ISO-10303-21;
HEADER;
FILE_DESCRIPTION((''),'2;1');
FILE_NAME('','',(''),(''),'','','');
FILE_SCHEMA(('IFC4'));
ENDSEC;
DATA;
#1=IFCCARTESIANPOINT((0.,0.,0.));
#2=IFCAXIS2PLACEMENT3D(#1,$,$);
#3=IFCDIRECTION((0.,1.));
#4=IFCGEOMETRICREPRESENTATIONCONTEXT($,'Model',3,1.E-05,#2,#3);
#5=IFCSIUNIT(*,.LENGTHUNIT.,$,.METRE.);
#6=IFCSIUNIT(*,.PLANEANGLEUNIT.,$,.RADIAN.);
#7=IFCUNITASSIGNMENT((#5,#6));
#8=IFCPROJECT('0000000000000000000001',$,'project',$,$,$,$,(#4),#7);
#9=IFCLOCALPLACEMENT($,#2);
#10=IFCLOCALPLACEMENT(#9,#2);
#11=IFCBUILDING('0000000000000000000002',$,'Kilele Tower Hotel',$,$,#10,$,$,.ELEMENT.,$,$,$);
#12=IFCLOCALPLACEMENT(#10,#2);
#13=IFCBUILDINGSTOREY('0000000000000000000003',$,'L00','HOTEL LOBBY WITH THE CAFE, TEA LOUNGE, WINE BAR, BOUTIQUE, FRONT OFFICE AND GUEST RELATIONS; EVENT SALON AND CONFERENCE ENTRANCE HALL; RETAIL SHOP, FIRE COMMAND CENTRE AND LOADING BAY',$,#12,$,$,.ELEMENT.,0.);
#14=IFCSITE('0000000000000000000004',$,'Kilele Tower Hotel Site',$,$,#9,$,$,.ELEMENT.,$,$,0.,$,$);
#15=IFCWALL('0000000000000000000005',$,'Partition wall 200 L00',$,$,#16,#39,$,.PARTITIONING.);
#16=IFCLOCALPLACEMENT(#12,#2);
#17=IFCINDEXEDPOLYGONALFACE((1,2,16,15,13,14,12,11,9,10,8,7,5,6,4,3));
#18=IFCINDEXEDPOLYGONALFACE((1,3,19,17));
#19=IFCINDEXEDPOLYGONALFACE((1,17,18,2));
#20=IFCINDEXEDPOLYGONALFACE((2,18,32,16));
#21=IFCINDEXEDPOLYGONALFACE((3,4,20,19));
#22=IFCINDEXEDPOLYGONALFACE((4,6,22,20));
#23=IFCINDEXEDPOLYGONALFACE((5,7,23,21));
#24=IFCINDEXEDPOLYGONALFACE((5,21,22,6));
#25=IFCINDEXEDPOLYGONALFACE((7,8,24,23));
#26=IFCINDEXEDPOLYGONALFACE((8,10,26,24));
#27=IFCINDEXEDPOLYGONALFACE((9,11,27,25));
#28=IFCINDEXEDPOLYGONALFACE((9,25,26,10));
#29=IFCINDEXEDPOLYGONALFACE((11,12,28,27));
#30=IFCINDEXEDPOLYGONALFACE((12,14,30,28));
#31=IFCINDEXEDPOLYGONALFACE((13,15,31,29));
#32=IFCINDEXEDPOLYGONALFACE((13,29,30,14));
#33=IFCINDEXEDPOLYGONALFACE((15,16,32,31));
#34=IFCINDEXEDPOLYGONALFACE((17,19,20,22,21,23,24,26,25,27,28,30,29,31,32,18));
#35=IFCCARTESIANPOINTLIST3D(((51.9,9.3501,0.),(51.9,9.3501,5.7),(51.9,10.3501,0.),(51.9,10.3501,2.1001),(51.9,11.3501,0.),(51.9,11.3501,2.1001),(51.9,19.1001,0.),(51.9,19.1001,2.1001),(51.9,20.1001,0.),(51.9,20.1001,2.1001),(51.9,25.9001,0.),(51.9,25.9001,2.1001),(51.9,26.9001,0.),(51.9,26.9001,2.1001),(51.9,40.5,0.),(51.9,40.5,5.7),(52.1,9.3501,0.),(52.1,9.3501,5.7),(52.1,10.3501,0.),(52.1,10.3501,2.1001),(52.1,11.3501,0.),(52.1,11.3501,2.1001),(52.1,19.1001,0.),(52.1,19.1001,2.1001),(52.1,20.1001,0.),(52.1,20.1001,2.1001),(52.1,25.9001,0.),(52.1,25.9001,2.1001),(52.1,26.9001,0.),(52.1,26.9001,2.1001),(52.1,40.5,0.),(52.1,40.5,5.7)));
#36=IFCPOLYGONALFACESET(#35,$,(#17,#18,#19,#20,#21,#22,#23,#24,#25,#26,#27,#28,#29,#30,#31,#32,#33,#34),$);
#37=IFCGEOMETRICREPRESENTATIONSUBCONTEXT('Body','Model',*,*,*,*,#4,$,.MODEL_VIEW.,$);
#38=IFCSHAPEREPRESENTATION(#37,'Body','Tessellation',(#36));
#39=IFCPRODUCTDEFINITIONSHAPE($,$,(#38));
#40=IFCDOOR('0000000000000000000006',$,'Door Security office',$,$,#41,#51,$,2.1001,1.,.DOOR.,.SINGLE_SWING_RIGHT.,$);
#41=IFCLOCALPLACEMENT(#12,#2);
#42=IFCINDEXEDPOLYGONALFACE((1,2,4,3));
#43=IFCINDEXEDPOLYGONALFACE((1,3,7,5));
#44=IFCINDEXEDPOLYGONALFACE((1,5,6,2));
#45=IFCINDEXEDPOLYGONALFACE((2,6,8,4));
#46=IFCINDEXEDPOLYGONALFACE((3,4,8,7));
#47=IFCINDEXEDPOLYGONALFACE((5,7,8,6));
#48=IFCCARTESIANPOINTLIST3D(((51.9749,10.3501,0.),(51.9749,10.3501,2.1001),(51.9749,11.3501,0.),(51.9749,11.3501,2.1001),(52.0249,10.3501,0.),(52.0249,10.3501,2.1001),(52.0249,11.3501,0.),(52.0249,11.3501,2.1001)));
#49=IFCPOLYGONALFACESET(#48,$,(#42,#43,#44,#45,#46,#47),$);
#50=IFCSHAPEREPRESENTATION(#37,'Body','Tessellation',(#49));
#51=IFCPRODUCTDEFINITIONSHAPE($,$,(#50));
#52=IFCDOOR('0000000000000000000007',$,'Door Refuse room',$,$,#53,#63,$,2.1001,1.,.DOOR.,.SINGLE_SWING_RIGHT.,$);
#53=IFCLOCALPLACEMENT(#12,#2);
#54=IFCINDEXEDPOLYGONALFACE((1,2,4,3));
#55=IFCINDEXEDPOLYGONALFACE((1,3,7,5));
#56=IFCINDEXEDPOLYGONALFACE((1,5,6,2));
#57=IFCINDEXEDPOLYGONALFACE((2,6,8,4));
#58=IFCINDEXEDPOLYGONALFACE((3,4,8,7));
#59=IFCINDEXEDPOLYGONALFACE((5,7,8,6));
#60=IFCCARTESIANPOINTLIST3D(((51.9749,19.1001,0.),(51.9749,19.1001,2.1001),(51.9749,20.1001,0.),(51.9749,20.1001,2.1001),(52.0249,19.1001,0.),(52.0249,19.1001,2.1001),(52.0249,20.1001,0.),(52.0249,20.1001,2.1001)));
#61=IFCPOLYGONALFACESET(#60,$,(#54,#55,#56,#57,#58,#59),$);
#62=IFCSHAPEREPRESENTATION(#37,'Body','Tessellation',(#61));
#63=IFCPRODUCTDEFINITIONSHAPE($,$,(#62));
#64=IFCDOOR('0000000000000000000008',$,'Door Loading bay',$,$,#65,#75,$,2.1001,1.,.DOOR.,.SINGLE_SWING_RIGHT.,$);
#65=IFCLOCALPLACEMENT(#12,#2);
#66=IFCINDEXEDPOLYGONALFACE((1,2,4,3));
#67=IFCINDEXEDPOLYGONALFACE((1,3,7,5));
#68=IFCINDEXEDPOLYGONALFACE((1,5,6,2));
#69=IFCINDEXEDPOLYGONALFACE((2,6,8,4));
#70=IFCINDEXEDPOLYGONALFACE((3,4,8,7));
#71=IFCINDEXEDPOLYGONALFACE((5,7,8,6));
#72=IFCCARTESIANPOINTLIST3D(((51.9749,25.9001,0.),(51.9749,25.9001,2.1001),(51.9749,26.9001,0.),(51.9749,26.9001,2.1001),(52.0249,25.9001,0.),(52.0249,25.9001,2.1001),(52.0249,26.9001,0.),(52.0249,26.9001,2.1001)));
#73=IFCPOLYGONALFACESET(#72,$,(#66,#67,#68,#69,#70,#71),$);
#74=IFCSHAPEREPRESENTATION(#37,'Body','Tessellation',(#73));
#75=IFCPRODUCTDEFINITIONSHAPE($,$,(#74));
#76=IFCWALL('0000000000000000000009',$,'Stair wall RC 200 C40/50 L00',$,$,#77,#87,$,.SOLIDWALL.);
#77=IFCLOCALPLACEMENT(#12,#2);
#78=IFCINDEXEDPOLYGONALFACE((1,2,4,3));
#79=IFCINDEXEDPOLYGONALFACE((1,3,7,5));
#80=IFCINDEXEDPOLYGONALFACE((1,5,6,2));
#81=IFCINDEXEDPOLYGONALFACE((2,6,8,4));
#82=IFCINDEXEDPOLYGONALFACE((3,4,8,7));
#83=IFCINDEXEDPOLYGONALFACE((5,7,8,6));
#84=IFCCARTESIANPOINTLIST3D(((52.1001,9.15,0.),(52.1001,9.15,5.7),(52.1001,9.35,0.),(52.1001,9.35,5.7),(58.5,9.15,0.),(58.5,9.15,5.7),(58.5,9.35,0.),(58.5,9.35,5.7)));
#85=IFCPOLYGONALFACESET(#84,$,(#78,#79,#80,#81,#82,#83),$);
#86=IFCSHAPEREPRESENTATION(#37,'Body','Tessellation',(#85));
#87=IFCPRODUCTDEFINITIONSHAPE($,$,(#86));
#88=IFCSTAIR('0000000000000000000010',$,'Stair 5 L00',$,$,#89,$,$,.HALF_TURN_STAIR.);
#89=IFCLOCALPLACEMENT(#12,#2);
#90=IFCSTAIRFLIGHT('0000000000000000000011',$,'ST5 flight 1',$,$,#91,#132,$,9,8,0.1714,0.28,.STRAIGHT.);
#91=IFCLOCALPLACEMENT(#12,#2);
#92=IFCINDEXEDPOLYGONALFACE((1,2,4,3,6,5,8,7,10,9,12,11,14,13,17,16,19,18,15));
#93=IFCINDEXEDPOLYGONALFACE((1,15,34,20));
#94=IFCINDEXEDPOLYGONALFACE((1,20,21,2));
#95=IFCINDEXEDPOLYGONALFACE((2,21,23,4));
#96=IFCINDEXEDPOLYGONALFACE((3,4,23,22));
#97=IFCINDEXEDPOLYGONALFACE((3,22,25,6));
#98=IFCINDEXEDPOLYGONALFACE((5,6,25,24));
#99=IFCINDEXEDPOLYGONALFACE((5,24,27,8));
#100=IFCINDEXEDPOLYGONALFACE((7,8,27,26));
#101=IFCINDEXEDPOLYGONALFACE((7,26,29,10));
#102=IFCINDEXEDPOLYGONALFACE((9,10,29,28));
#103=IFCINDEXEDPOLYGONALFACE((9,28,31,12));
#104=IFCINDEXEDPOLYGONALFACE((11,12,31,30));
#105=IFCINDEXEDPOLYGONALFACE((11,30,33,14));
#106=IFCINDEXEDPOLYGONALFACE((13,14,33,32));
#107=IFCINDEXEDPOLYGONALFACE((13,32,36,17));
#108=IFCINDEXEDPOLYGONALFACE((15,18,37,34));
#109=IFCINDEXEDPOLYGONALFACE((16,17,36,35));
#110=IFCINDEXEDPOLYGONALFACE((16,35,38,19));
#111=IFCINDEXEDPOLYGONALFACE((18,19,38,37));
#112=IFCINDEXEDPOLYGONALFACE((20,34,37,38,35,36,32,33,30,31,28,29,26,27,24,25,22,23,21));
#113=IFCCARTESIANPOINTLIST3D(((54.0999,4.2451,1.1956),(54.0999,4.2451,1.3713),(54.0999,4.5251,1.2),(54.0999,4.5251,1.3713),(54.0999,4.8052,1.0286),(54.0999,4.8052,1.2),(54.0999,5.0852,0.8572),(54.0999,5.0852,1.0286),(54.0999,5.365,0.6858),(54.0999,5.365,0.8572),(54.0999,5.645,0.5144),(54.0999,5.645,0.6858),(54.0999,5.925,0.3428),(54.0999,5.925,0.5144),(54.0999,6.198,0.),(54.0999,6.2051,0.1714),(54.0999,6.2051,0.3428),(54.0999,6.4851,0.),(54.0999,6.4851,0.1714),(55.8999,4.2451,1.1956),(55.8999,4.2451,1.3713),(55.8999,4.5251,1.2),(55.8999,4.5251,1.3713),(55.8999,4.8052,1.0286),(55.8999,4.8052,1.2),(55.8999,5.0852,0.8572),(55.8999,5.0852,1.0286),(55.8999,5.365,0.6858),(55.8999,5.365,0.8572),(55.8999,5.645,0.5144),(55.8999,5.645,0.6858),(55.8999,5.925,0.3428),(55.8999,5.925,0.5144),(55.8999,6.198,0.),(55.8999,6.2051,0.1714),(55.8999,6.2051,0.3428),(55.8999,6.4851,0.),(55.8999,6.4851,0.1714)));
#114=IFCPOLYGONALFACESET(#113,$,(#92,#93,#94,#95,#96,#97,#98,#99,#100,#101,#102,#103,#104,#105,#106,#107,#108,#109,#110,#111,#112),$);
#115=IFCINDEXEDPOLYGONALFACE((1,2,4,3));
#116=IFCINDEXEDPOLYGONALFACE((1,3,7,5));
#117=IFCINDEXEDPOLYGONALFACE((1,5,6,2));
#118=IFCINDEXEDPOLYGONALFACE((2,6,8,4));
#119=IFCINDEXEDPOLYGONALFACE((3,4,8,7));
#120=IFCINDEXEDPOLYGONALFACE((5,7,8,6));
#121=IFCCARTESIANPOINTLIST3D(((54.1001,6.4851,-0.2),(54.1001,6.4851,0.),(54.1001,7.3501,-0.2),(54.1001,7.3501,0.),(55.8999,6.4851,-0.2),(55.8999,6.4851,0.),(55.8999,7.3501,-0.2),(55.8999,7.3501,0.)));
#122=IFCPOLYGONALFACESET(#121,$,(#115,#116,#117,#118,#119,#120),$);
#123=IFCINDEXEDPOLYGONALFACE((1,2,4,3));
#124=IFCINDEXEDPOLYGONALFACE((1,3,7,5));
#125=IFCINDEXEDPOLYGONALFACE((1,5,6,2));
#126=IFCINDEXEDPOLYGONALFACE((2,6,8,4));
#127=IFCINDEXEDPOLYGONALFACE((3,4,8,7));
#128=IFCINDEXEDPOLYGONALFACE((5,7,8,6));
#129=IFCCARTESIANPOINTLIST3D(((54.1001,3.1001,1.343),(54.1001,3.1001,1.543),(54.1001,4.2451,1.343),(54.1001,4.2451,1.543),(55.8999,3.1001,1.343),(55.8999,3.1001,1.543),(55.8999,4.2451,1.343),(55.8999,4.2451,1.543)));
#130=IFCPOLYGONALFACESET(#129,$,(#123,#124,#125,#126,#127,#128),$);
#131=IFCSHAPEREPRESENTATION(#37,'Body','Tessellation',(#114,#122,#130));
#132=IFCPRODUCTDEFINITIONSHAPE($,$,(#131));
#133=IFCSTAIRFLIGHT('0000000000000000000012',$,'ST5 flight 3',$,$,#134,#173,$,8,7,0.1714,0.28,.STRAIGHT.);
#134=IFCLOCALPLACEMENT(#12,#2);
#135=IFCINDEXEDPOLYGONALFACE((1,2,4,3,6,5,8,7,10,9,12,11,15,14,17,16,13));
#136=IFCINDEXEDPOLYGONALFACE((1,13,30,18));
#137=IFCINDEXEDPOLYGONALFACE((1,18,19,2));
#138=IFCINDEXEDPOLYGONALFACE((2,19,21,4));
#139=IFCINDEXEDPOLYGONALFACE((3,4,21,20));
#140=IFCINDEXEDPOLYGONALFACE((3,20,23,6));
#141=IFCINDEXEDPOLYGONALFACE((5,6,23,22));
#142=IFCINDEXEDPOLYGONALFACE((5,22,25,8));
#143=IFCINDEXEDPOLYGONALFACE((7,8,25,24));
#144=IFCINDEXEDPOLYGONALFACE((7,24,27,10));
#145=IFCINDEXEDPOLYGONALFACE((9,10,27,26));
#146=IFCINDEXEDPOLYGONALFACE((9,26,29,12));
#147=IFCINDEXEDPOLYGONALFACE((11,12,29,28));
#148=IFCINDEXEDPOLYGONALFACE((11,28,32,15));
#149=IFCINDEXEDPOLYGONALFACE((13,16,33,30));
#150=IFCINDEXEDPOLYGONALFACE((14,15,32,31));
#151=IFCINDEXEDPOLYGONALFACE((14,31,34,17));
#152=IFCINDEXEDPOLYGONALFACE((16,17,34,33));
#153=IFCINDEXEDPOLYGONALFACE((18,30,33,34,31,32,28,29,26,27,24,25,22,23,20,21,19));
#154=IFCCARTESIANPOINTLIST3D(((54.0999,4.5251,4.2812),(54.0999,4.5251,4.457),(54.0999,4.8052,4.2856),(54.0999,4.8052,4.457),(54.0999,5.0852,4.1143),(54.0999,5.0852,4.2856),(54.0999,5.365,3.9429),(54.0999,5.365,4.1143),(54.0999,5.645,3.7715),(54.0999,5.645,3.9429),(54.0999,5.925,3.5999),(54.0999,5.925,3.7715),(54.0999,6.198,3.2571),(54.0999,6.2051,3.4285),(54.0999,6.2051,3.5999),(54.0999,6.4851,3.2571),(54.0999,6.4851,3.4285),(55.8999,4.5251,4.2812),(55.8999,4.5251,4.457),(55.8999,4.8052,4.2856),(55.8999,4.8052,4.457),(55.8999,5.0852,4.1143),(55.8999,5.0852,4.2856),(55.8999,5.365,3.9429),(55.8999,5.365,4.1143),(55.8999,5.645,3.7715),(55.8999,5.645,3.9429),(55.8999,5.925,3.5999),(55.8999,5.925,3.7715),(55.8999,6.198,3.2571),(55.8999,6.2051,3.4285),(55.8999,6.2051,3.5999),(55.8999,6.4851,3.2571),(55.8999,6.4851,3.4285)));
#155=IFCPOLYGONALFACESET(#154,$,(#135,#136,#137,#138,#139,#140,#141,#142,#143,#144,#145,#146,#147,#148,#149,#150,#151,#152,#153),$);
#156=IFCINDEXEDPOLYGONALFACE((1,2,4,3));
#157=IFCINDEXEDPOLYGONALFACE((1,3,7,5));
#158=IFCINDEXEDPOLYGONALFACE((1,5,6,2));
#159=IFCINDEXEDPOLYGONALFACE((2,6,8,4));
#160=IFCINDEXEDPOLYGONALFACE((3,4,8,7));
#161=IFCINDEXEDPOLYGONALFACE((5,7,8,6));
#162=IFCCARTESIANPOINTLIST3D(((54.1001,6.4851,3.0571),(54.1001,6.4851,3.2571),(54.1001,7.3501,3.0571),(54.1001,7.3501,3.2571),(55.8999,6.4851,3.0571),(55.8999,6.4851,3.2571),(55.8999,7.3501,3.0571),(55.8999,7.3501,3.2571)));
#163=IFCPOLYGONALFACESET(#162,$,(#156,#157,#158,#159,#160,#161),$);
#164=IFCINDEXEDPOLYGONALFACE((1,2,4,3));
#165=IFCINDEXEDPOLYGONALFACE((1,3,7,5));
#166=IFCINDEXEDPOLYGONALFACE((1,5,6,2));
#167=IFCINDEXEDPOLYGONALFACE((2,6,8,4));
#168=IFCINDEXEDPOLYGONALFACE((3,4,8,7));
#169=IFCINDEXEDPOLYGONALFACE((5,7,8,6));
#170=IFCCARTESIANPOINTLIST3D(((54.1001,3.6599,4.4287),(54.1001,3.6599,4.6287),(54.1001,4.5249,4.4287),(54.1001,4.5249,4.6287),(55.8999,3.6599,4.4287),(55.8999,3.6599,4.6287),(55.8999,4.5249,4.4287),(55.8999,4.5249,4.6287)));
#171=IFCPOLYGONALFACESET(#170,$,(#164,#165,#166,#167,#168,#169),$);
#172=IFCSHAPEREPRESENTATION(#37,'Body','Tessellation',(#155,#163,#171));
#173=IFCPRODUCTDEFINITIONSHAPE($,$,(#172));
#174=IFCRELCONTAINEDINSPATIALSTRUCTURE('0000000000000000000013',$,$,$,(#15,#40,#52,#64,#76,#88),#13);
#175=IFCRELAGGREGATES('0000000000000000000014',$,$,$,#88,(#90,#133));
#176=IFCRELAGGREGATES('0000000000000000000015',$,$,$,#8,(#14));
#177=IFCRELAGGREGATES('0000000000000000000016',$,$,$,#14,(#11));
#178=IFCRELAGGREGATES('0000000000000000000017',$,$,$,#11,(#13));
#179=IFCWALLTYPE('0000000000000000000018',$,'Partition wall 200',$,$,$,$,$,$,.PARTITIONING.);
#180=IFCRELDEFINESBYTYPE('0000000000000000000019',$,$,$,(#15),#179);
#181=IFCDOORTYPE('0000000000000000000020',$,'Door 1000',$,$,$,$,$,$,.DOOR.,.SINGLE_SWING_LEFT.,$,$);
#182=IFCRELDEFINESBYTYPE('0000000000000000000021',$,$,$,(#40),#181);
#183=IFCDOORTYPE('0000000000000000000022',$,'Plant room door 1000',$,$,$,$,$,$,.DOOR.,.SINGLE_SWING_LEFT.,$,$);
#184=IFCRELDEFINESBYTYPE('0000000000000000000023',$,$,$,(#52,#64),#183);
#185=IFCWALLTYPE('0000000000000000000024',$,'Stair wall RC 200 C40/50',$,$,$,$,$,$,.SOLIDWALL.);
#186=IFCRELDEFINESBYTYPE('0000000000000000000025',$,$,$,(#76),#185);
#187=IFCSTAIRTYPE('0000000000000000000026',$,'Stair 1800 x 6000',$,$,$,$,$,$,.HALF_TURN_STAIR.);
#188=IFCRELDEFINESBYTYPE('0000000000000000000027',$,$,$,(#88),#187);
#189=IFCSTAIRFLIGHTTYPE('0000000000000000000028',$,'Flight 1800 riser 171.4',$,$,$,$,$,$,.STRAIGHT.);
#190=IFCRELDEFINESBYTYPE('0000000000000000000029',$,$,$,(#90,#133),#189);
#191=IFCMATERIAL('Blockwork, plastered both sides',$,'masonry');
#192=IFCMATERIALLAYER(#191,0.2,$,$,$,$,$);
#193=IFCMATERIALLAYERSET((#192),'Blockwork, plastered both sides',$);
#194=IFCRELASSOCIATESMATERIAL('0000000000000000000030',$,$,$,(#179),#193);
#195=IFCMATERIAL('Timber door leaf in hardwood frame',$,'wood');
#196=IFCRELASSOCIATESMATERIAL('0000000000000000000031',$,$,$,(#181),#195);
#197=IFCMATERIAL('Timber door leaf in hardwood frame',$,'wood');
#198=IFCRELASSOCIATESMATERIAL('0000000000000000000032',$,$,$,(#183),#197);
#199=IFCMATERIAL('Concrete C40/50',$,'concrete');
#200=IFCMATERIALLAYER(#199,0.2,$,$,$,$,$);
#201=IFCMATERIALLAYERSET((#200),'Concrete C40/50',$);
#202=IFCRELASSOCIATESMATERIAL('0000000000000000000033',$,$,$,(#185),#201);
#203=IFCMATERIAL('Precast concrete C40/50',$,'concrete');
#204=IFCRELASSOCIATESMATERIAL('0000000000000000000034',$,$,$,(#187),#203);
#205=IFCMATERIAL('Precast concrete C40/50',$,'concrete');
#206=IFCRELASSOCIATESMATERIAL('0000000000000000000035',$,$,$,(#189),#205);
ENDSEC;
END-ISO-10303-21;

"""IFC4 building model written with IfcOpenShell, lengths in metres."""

from ifc_helpers import new_model, si_unit, direction, frame, frame_2d, origin, place, context, subcontext, project, spatial, polyline, rectangle, outline, extrude, material, layer, layer_set, type_object, element, fill, aggregate, save


model = new_model("IFC4")

# Units and contexts
model_context = context("Model", 3, precision=1e-05, world=origin(), true_north=direction((0.0, 1.0)))
body_context = subcontext(model_context, "Body", "Model", "MODEL_VIEW")
ifc_project = project(units=[si_unit("LENGTHUNIT", "METRE"), si_unit("PLANEANGLEUNIT", "RADIAN")], contexts=[model_context])

# Site, building, storey
site_placement = place(None, origin())
site = spatial("IfcSite", under=ifc_project, at=site_placement, Name="Kilele Tower Hotel Site", CompositionType="ELEMENT", RefElevation=0.0)
building_placement = place(site_placement, origin())
building = spatial("IfcBuilding", under=site, at=building_placement, Name="Kilele Tower Hotel", CompositionType="ELEMENT")
storey_placement = place(building_placement, origin())
storey = spatial("IfcBuildingStorey", under=building, at=storey_placement, Name="L00", Description="HOTEL LOBBY WITH THE CAFE, TEA LOUNGE, WINE BAR, BOUTIQUE, FRONT OFFICE AND GUEST RELATIONS; EVENT SALON AND CONFERENCE ENTRANCE HALL; RETAIL SHOP, FIRE COMMAND CENTRE AND LOADING BAY", CompositionType="ELEMENT", Elevation=0.0)

# Shared definitions
ifc_material_1 = material(Name="Blockwork, plastered both sides", Category="masonry")
ifc_layer_1 = layer(ifc_material_1, 0.2)
ifc_layer_set_1 = layer_set([ifc_layer_1], Name="Blockwork, plastered both sides")
wall_type_1 = type_object("IfcWallType", Name="Partition wall 200", PredefinedType="PARTITIONING", material=ifc_layer_set_1)

# Wall, openings, doors
wall_1_placement = place(storey_placement, frame((52.0, 9.3501, 0.0), z_axis=(0.0, 0.0, 1.0), x_axis=(0.0, 1.0, 0.0)))
wall_1 = element("IfcWall", 1, at=wall_1_placement, inside=storey, type_object=wall_type_1, Name="Partition wall 200 L00", PredefinedType="PARTITIONING", context=body_context, shape_type="SweptSolid", body=[
    extrude(rectangle(XDim=31.1499, YDim=0.2, at=frame_2d((15.575, 0.0))), origin(), (0.0, 0.0, 1.0), 5.7),
])
opening_1_placement = place(wall_1_placement, frame((2.0, 0.0, 0.0), z_axis=(0.0, 0.0, 1.0), x_axis=(-1.0, 0.0, 0.0)))
opening_1 = element("IfcOpeningElement", 2, at=opening_1_placement, cuts=wall_1, PredefinedType="OPENING", context=body_context, shape_type="SweptSolid", body=[
    extrude(rectangle(XDim=1.0, YDim=2.1001, at=frame_2d((0.5, 1.05))), frame((0.0, 0.1099, 0.0), z_axis=(0.0, -1.0, 0.0), x_axis=(1.0, 0.0, 0.0)), (0.0, 0.0, 1.0), 0.22),
])
opening_2_placement = place(wall_1_placement, frame((10.75, 0.0, 0.0), z_axis=(0.0, 0.0, 1.0), x_axis=(-1.0, 0.0, 0.0)))
opening_2 = element("IfcOpeningElement", 3, at=opening_2_placement, cuts=wall_1, PredefinedType="OPENING", context=body_context, shape_type="SweptSolid", body=[
    extrude(rectangle(XDim=1.0, YDim=2.1001, at=frame_2d((0.5, 1.05))), frame((0.0, 0.1099, 0.0), z_axis=(0.0, -1.0, 0.0), x_axis=(1.0, 0.0, 0.0)), (0.0, 0.0, 1.0), 0.22),
])
opening_3_placement = place(wall_1_placement, frame((17.55, 0.0, 0.0), z_axis=(0.0, 0.0, 1.0), x_axis=(-1.0, 0.0, 0.0)))
opening_3 = element("IfcOpeningElement", 4, at=opening_3_placement, cuts=wall_1, PredefinedType="OPENING", context=body_context, shape_type="SweptSolid", body=[
    extrude(rectangle(XDim=1.0, YDim=2.1001, at=frame_2d((0.5, 1.05))), frame((0.0, 0.1099, 0.0), z_axis=(0.0, -1.0, 0.0), x_axis=(1.0, 0.0, 0.0)), (0.0, 0.0, 1.0), 0.22),
])
ifc_material_2 = material(Name="Timber door leaf in hardwood frame", Category="wood")
door_type_1 = type_object("IfcDoorType", Name="Door 1000", OperationType="SINGLE_SWING_LEFT", PredefinedType="DOOR", material=ifc_material_2)
door_1_placement = place(opening_1_placement, origin())
door_1 = element("IfcDoor", 5, at=door_1_placement, inside=storey, type_object=door_type_1, Name="Door Security office", OperationType="SINGLE_SWING_RIGHT", OverallHeight=2.1001, OverallWidth=1.0, PredefinedType="DOOR", context=body_context, shape_type="SweptSolid", body=[
    extrude(rectangle(XDim=1.0, YDim=2.1001, at=frame_2d((0.5, 1.05))), frame((0.0, 0.0249, 0.0), z_axis=(0.0, -1.0, 0.0), x_axis=(1.0, 0.0, 0.0)), (0.0, 0.0, 1.0), 0.05),
])
fill(opening_1, door_1)
ifc_material_3 = material(Name="Timber door leaf in hardwood frame", Category="wood")
door_type_2 = type_object("IfcDoorType", Name="Plant room door 1000", OperationType="SINGLE_SWING_LEFT", PredefinedType="DOOR", material=ifc_material_3)
door_2_placement = place(opening_2_placement, origin())
door_2 = element("IfcDoor", 6, at=door_2_placement, inside=storey, type_object=door_type_2, Name="Door Refuse room", OperationType="SINGLE_SWING_RIGHT", OverallHeight=2.1001, OverallWidth=1.0, PredefinedType="DOOR", context=body_context, shape_type="SweptSolid", body=[
    extrude(rectangle(XDim=1.0, YDim=2.1001, at=frame_2d((0.5, 1.05))), frame((0.0, 0.0249, 0.0), z_axis=(0.0, -1.0, 0.0), x_axis=(1.0, 0.0, 0.0)), (0.0, 0.0, 1.0), 0.05),
])
fill(opening_2, door_2)
door_3_placement = place(opening_3_placement, origin())
door_3 = element("IfcDoor", 7, at=door_3_placement, inside=storey, type_object=door_type_2, Name="Door Loading bay", OperationType="SINGLE_SWING_RIGHT", OverallHeight=2.1001, OverallWidth=1.0, PredefinedType="DOOR", context=body_context, shape_type="SweptSolid", body=[
    extrude(rectangle(XDim=1.0, YDim=2.1001, at=frame_2d((0.5, 1.05))), frame((0.0, 0.0249, 0.0), z_axis=(0.0, -1.0, 0.0), x_axis=(1.0, 0.0, 0.0)), (0.0, 0.0, 1.0), 0.05),
])
fill(opening_3, door_3)

# Wall
ifc_material_4 = material(Name="Concrete C40/50", Category="concrete")
ifc_layer_2 = layer(ifc_material_4, 0.2)
ifc_layer_set_2 = layer_set([ifc_layer_2], Name="Concrete C40/50")
wall_type_2 = type_object("IfcWallType", Name="Stair wall RC 200 C40/50", PredefinedType="SOLIDWALL", material=ifc_layer_set_2)
wall_2_placement = place(storey_placement, frame((52.1001, 9.25, 0.0), z_axis=(0.0, 0.0, 1.0), x_axis=(1.0, 0.0, 0.0)))
element("IfcWall", 8, at=wall_2_placement, inside=storey, type_object=wall_type_2, Name="Stair wall RC 200 C40/50 L00", PredefinedType="SOLIDWALL", context=body_context, shape_type="SweptSolid", body=[
    extrude(rectangle(XDim=6.3999, YDim=0.2, at=frame_2d((3.2, 0.0))), origin(), (0.0, 0.0, 1.0), 5.7),
])

# Stair, stair flights
ifc_material_5 = material(Name="Precast concrete C40/50", Category="concrete")
stair_type = type_object("IfcStairType", Name="Stair 1800 x 6000", PredefinedType="HALF_TURN_STAIR", material=ifc_material_5)
stair_placement = place(storey_placement, origin())
stair = element("IfcStair", 9, at=stair_placement, inside=storey, type_object=stair_type, Name="Stair 5 L00", PredefinedType="HALF_TURN_STAIR")
ifc_material_6 = material(Name="Precast concrete C40/50", Category="concrete")
stair_flight_type = type_object("IfcStairFlightType", Name="Flight 1800 riser 171.4", PredefinedType="STRAIGHT", material=ifc_material_6)
stair_flight_1_placement = place(storey_placement, frame((55.0, 6.4851, 0.0), z_axis=(0.0, 0.0, 1.0), x_axis=(0.0, -1.0, 0.0)))
stair_flight_1 = element("IfcStairFlight", 10, at=stair_flight_1_placement, type_object=stair_flight_type, Name="ST5 flight 1", NumberOfRisers=9, NumberOfTreads=8, PredefinedType="STRAIGHT", RiserHeight=0.1714, TreadLength=0.28, context=body_context, shape_type="SweptSolid", body=[
    extrude(outline(polyline([(0.0, 0.0), (0.0, 0.1714), (0.28, 0.1714), (0.28, 0.3428), (0.5601, 0.3428), (0.5601, 0.5144), (0.8401, 0.5144), (0.8401, 0.6858), (1.1201, 0.6858), (1.1201, 0.8572), (1.3999, 0.8572), (1.3999, 1.0286), (1.6799, 1.0286), (1.6799, 1.2), (1.96, 1.2), (1.96, 1.3713), (2.24, 1.3713), (2.24, 1.543), (2.24, 1.1956), (0.2871, 0.0), (0.0, 0.0)])), frame((0.0, 0.8999, 0.0), z_axis=(0.0, -1.0, 0.0), x_axis=(1.0, 0.0, 0.0)), (0.0, 0.0, 1.0), 1.8),
    extrude(outline(polyline([(0.0, -0.8999), (0.0, 0.8999), (-0.865, 0.8999), (-0.865, -0.8999), (0.0, -0.8999)])), frame((0.0, 0.0, -0.2)), (0.0, 0.0, 1.0), 0.2),
    extrude(outline(polyline([(3.385, -0.8999), (3.385, 0.8999), (2.24, 0.8999), (2.24, -0.8999), (3.385, -0.8999)])), frame((0.0, 0.0, 1.343)), (0.0, 0.0, 1.0), 0.2),
])
stair_flight_2_placement = place(storey_placement, frame((55.0, 6.4851, 3.2571), z_axis=(0.0, 0.0, 1.0), x_axis=(0.0, -1.0, 0.0)))
stair_flight_2 = element("IfcStairFlight", 11, at=stair_flight_2_placement, type_object=stair_flight_type, Name="ST5 flight 3", NumberOfRisers=8, NumberOfTreads=7, PredefinedType="STRAIGHT", RiserHeight=0.1714, TreadLength=0.28, context=body_context, shape_type="SweptSolid", body=[
    extrude(outline(polyline([(0.0, 0.0), (0.0, 0.1714), (0.28, 0.1714), (0.28, 0.3428), (0.5601, 0.3428), (0.5601, 0.5144), (0.8401, 0.5144), (0.8401, 0.6858), (1.1201, 0.6858), (1.1201, 0.8572), (1.3999, 0.8572), (1.3999, 1.0286), (1.6799, 1.0286), (1.6799, 1.2), (1.96, 1.2), (1.96, 1.3713), (1.96, 1.0242), (0.2871, 0.0), (0.0, 0.0)])), frame((0.0, 0.8999, 0.0), z_axis=(0.0, -1.0, 0.0), x_axis=(1.0, 0.0, 0.0)), (0.0, 0.0, 1.0), 1.8),
    extrude(outline(polyline([(0.0, -0.8999), (0.0, 0.8999), (-0.865, 0.8999), (-0.865, -0.8999), (0.0, -0.8999)])), frame((0.0, 0.0, -0.2)), (0.0, 0.0, 1.0), 0.2),
    extrude(outline(polyline([(2.8252, -0.8999), (2.8252, 0.8999), (1.9602, 0.8999), (1.9602, -0.8999), (2.8252, -0.8999)])), frame((0.0, 0.0, 1.1716)), (0.0, 0.0, 1.0), 0.2),
])
aggregate(stair, [stair_flight_1, stair_flight_2])

save(model, "model.ifc")
